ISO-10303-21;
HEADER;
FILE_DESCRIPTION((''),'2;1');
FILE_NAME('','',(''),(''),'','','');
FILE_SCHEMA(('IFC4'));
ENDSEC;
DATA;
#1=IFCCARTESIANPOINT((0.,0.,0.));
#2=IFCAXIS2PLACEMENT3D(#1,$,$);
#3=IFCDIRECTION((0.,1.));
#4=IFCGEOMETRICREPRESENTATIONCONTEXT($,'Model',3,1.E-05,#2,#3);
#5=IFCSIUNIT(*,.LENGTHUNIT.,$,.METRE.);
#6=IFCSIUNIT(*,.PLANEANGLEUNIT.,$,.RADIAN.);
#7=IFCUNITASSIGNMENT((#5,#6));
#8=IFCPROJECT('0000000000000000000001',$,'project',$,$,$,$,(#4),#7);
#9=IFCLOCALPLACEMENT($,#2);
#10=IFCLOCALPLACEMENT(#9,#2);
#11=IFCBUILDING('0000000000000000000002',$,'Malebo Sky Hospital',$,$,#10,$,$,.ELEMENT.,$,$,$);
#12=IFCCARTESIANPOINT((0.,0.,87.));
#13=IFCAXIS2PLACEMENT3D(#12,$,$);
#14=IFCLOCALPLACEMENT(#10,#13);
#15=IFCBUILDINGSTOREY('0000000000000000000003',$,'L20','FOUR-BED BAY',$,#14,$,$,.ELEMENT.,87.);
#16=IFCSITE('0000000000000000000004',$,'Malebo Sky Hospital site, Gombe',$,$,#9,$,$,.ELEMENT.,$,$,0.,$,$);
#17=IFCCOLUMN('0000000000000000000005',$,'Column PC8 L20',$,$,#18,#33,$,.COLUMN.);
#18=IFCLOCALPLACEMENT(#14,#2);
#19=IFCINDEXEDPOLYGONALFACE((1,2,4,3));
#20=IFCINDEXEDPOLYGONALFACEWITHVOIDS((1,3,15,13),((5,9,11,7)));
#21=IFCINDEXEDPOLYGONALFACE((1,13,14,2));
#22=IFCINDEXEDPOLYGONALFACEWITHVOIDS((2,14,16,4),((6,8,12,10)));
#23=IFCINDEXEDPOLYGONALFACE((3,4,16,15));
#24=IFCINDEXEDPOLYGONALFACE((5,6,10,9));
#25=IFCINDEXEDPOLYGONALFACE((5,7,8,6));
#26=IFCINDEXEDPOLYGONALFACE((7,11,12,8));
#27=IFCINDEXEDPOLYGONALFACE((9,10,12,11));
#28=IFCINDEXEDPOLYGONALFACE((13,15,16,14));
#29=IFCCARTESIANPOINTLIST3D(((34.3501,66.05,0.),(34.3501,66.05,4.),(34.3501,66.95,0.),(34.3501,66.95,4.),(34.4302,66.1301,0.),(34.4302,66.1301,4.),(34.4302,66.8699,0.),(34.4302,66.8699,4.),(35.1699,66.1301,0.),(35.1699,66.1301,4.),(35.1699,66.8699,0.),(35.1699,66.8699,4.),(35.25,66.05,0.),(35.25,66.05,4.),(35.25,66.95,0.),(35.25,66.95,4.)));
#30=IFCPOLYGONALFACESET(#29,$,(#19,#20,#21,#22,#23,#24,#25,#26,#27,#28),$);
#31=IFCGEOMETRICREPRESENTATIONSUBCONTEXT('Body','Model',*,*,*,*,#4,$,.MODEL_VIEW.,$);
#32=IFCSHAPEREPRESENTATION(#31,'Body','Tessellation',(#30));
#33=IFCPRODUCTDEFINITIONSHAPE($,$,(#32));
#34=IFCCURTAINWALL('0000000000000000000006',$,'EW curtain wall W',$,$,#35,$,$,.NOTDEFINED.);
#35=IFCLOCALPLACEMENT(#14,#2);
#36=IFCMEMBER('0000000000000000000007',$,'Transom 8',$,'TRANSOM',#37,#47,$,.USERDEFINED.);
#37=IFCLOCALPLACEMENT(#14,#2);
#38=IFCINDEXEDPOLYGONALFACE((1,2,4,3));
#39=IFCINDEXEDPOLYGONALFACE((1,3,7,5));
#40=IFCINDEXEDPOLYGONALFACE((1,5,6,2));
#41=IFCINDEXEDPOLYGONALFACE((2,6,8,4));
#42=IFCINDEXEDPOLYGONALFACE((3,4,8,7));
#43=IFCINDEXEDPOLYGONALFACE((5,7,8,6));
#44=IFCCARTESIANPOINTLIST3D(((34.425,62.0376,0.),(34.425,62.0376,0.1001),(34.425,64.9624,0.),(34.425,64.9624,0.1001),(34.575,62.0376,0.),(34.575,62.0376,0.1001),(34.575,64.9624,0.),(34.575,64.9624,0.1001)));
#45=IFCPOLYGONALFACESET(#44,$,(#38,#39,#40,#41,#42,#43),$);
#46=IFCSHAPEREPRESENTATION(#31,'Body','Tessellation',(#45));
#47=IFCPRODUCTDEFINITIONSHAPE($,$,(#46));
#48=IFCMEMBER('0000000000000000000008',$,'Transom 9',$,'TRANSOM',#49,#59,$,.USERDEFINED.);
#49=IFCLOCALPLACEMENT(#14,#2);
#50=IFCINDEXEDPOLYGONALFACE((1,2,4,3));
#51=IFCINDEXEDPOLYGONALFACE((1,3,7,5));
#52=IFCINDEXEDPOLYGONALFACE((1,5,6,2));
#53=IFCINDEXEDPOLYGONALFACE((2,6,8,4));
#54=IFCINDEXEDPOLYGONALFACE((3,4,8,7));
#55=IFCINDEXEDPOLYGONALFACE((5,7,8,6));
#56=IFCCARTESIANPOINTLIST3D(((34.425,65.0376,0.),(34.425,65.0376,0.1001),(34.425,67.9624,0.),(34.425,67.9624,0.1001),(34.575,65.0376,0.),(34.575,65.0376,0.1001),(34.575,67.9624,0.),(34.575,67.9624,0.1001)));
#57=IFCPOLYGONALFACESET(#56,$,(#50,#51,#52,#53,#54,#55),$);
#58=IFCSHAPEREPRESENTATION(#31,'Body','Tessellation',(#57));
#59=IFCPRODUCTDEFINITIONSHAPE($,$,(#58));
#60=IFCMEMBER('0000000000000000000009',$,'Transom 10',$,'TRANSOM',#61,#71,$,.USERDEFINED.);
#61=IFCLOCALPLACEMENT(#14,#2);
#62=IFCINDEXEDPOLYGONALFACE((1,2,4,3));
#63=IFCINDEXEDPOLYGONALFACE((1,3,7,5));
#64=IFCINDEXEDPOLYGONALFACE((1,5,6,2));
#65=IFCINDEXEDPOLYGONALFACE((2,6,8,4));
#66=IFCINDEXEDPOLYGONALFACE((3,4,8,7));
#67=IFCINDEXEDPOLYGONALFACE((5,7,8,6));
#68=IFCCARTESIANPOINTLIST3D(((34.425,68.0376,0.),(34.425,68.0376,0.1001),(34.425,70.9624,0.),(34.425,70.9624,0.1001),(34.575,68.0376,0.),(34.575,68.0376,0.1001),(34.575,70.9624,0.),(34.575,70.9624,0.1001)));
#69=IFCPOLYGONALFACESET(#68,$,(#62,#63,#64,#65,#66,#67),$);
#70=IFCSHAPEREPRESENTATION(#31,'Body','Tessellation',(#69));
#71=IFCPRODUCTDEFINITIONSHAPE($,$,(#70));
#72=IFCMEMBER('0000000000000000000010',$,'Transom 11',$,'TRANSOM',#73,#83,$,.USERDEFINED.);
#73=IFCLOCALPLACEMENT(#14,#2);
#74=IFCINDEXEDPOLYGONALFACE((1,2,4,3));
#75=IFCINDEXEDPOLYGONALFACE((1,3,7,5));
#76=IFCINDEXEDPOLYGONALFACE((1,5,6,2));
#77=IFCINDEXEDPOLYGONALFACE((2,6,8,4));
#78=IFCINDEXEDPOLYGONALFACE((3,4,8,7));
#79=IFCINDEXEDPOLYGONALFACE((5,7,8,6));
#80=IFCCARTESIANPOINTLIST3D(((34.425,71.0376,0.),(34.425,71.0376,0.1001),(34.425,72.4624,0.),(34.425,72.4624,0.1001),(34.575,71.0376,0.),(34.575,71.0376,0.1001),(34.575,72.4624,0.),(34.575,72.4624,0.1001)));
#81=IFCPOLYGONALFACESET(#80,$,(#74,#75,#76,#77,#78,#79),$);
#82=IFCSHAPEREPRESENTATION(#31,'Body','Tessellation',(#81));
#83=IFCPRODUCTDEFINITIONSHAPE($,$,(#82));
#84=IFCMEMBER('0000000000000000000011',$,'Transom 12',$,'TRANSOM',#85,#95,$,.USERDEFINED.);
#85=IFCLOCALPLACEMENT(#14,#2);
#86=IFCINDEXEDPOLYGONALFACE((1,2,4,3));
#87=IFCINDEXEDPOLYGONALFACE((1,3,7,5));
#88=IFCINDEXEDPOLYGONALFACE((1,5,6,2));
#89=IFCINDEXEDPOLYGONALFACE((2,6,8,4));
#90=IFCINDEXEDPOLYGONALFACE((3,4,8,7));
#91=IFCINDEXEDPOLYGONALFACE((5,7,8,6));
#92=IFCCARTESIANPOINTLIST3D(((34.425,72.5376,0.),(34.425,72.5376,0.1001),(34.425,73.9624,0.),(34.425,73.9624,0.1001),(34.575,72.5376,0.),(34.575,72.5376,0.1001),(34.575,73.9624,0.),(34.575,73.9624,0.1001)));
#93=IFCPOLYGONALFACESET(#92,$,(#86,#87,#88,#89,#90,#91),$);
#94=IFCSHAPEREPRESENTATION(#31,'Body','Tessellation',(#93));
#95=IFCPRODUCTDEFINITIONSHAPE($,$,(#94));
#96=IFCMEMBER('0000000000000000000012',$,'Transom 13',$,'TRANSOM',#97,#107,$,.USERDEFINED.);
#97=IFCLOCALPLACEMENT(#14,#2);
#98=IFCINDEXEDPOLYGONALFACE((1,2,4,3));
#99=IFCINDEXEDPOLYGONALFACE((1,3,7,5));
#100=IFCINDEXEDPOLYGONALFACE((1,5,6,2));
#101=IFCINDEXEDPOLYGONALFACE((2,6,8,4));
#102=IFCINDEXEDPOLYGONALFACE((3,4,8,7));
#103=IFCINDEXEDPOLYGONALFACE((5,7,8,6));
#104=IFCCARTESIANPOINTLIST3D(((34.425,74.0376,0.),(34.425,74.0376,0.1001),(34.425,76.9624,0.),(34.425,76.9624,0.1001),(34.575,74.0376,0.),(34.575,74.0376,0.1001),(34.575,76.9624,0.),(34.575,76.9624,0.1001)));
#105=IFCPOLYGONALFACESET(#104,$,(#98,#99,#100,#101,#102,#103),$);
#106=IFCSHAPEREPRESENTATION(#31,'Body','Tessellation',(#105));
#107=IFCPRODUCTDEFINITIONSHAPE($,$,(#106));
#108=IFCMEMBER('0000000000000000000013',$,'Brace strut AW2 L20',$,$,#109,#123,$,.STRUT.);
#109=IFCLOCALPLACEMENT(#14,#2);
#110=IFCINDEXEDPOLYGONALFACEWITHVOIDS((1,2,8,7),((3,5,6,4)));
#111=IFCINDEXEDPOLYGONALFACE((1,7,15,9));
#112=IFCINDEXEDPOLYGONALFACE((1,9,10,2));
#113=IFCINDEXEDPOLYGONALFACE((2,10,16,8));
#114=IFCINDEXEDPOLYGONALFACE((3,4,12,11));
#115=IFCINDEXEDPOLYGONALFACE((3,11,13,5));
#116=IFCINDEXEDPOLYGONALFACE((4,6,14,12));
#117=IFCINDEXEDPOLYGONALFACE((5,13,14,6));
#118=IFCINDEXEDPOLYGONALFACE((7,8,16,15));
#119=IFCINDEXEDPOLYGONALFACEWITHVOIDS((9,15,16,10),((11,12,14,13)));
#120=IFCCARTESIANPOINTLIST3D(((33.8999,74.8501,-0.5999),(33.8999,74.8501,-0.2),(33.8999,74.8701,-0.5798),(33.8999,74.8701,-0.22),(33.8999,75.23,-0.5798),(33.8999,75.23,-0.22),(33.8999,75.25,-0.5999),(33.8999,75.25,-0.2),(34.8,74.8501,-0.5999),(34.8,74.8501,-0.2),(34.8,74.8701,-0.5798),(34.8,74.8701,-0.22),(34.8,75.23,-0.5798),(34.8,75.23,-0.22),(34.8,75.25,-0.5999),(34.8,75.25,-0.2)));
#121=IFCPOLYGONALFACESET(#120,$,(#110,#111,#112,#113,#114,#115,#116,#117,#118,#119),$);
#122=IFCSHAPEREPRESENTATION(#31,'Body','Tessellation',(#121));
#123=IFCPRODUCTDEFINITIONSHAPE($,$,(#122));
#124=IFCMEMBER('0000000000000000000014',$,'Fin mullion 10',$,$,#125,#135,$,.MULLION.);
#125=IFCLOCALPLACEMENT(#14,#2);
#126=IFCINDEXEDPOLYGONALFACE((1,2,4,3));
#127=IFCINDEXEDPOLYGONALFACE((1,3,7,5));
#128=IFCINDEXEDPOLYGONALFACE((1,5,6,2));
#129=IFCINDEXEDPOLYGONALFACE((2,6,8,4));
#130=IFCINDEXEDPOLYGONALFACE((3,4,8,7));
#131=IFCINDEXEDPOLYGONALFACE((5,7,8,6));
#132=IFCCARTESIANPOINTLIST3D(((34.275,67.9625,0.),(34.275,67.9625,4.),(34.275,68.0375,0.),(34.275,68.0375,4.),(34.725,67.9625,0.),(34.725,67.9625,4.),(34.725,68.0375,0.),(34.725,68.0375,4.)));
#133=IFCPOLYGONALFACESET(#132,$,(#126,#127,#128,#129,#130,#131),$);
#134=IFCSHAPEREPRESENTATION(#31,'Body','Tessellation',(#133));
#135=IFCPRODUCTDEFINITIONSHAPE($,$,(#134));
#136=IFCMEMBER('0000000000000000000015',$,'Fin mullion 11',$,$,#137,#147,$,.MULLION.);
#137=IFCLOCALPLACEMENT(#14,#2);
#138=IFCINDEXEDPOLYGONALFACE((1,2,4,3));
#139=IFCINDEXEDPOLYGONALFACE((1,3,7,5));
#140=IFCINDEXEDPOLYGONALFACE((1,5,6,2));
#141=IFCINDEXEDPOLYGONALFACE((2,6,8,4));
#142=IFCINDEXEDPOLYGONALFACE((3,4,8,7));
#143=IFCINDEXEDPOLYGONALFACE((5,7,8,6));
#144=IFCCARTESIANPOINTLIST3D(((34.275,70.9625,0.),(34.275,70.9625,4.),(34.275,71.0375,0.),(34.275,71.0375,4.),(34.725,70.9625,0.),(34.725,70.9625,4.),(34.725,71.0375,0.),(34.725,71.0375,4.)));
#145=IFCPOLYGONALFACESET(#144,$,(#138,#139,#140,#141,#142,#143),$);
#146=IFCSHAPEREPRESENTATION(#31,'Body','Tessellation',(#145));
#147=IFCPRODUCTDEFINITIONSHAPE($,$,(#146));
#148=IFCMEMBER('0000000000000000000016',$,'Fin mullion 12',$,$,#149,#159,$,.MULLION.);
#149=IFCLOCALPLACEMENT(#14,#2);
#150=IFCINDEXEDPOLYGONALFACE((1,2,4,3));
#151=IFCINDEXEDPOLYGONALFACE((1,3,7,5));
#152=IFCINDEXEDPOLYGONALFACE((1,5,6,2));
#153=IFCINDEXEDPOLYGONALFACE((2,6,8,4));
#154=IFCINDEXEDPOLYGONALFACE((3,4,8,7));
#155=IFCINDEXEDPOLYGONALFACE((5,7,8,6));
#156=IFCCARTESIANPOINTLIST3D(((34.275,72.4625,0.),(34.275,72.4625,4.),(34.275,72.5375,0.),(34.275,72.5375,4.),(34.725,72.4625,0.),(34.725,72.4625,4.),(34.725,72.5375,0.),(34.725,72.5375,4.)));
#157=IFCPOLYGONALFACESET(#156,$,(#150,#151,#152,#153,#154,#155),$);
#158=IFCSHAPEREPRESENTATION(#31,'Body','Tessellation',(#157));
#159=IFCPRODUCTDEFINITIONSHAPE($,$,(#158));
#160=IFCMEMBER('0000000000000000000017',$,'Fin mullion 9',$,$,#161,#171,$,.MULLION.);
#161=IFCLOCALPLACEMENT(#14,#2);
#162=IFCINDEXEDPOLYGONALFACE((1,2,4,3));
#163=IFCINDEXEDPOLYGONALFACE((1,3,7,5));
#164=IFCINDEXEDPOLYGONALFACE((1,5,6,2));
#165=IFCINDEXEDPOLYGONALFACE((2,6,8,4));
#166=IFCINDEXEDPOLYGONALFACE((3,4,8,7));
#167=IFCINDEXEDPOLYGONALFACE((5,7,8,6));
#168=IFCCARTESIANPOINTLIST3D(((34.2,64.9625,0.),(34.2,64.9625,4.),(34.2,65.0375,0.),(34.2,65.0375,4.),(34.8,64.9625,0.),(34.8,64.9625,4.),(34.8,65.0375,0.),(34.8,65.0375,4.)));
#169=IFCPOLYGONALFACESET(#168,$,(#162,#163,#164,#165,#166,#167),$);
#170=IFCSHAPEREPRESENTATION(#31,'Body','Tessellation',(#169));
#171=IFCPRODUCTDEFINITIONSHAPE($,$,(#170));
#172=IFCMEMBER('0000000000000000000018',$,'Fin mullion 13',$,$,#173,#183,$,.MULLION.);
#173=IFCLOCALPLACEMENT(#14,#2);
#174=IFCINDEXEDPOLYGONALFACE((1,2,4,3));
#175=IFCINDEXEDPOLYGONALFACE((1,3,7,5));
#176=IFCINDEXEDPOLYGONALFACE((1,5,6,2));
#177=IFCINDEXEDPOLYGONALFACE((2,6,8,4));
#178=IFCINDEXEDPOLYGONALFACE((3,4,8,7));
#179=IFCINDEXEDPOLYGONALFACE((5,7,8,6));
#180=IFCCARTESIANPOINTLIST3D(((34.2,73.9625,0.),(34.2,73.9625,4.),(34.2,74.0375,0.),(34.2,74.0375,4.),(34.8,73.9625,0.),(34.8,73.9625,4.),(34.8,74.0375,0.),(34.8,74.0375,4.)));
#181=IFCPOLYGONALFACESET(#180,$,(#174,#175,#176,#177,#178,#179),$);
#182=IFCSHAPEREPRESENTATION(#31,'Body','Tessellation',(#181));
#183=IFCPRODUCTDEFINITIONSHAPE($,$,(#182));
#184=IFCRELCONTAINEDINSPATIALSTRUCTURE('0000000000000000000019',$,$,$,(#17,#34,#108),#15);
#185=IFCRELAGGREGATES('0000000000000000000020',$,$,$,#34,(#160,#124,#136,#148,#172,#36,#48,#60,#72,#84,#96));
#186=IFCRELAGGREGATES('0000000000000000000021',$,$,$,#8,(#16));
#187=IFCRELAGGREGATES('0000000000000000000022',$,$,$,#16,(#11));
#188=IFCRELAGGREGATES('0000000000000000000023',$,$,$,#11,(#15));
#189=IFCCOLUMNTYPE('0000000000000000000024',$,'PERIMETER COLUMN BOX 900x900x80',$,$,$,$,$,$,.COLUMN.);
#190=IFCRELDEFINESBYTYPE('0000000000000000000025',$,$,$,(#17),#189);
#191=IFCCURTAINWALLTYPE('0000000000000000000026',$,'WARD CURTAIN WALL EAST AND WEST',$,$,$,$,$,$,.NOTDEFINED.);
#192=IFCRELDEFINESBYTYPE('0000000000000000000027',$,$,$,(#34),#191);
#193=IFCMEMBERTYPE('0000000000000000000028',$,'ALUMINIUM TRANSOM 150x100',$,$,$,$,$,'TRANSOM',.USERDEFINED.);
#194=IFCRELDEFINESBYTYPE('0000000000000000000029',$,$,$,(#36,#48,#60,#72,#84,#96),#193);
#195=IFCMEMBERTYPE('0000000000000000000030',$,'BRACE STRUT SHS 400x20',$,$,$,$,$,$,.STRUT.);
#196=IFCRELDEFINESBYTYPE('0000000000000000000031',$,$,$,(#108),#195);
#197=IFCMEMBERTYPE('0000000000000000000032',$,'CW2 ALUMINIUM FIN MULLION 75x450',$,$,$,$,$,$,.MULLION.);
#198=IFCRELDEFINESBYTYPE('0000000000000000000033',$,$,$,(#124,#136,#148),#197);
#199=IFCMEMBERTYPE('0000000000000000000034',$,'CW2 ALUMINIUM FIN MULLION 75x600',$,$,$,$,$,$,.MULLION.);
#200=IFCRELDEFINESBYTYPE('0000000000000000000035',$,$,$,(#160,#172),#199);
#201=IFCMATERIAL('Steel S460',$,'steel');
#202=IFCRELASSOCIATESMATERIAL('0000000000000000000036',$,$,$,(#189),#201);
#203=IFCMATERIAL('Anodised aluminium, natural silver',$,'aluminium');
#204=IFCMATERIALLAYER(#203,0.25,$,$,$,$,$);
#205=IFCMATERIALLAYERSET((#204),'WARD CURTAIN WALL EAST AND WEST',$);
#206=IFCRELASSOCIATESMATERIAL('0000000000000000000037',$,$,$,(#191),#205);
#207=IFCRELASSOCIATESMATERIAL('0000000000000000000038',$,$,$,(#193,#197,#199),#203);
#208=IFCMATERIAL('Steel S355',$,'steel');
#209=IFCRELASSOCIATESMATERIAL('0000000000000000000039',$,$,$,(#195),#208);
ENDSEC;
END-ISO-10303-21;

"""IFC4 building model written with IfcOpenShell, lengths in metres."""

from ifc_helpers import new_model, si_unit, direction, frame, origin, origin_2d, place, context, subcontext, project, spatial, rectangle, hollow_rectangle, extrude, material, layer, layer_set, material_profile, profile_set, type_object, element, aggregate, save


model = new_model("IFC4")

# Units and contexts
model_context = context("Model", 3, precision=1e-05, world=origin(), true_north=direction((0.0, 1.0)))
body_context = subcontext(model_context, "Body", "Model", "MODEL_VIEW")
ifc_project = project(units=[si_unit("LENGTHUNIT", "METRE"), si_unit("PLANEANGLEUNIT", "RADIAN")], contexts=[model_context])

# Site, building, storey
site_placement = place(None, origin())
site = spatial("IfcSite", under=ifc_project, at=site_placement, Name="Malebo Sky Hospital site, Gombe", CompositionType="ELEMENT", RefElevation=0.0)
building_placement = place(site_placement, origin())
building = spatial("IfcBuilding", under=site, at=building_placement, Name="Malebo Sky Hospital", CompositionType="ELEMENT")
storey_placement = place(building_placement, frame((0.0, 0.0, 87.0)))
storey = spatial("IfcBuildingStorey", under=building, at=storey_placement, Name="L20", Description="FOUR-BED BAY", CompositionType="ELEMENT", Elevation=87.0)

# Column
ifc_material_1 = material(Name="Steel S460", Category="steel")
ifc_material_profile_1 = material_profile(ifc_material_1, hollow_rectangle(XDim=0.8999, YDim=0.8999, WallThickness=0.0801, at=origin_2d()), Name="BOX 900x900x80")
ifc_profile_set_1 = profile_set([ifc_material_profile_1], Name="Steel S460")
column_type = type_object("IfcColumnType", Name="PERIMETER COLUMN BOX 900x900x80", PredefinedType="COLUMN", material=ifc_profile_set_1)
column_placement = place(storey_placement, frame((34.8, 66.5, 0.0), z_axis=(0.0, 0.0, 1.0), x_axis=(1.0, 0.0, 0.0)))
element("IfcColumn", 1, at=column_placement, inside=storey, type_object=column_type, Name="Column PC8 L20", PredefinedType="COLUMN", context=body_context, shape_type="SweptSolid", body=[
    extrude(hollow_rectangle(XDim=0.8999, YDim=0.8999, WallThickness=0.0801, at=origin_2d()), origin(), (0.0, 0.0, 1.0), 4.0),
])

# Curtain wall, members
ifc_material_2 = material(Name="Anodised aluminium, natural silver", Category="aluminium")
ifc_layer_1 = layer(ifc_material_2, 0.25)
ifc_layer_set_1 = layer_set([ifc_layer_1], Name="WARD CURTAIN WALL EAST AND WEST")
curtain_wall_type = type_object("IfcCurtainWallType", Name="WARD CURTAIN WALL EAST AND WEST", PredefinedType="NOTDEFINED", material=ifc_layer_set_1)
curtain_wall_placement = place(storey_placement, origin())
curtain_wall = element("IfcCurtainWall", 2, at=curtain_wall_placement, inside=storey, type_object=curtain_wall_type, Name="EW curtain wall W", PredefinedType="NOTDEFINED")
ifc_material_profile_2 = material_profile(ifc_material_2, rectangle(XDim=0.1499, YDim=0.1001, at=origin_2d()), Name="ALUMINIUM TRANSOM 150x100")
ifc_profile_set_2 = profile_set([ifc_material_profile_2], Name="Anodised aluminium, natural silver")
member_type_1 = type_object("IfcMemberType", Name="ALUMINIUM TRANSOM 150x100", ElementType="TRANSOM", PredefinedType="USERDEFINED", material=ifc_profile_set_2)
member_1_placement = place(storey_placement, frame((34.5, 62.0376, 0.05), z_axis=(0.0, 1.0, 0.0), x_axis=(-1.0, 0.0, 0.0)))
member_1 = element("IfcMember", 3, at=member_1_placement, type_object=member_type_1, Name="Transom 8", ObjectType="TRANSOM", PredefinedType="USERDEFINED", context=body_context, shape_type="SweptSolid", body=[
    extrude(rectangle(XDim=0.1499, YDim=0.1001, at=origin_2d()), origin(), (0.0, 0.0, 1.0), 2.9248),
])
member_2_placement = place(storey_placement, frame((34.5, 65.0376, 0.05), z_axis=(0.0, 1.0, 0.0), x_axis=(-1.0, 0.0, 0.0)))
member_2 = element("IfcMember", 4, at=member_2_placement, type_object=member_type_1, Name="Transom 9", ObjectType="TRANSOM", PredefinedType="USERDEFINED", context=body_context, shape_type="SweptSolid", body=[
    extrude(rectangle(XDim=0.1499, YDim=0.1001, at=origin_2d()), origin(), (0.0, 0.0, 1.0), 2.9248),
])
member_3_placement = place(storey_placement, frame((34.5, 68.0376, 0.05), z_axis=(0.0, 1.0, 0.0), x_axis=(-1.0, 0.0, 0.0)))
member_3 = element("IfcMember", 5, at=member_3_placement, type_object=member_type_1, Name="Transom 10", ObjectType="TRANSOM", PredefinedType="USERDEFINED", context=body_context, shape_type="SweptSolid", body=[
    extrude(rectangle(XDim=0.1499, YDim=0.1001, at=origin_2d()), origin(), (0.0, 0.0, 1.0), 2.9248),
])
member_4_placement = place(storey_placement, frame((34.5, 71.0376, 0.05), z_axis=(0.0, 1.0, 0.0), x_axis=(-1.0, 0.0, 0.0)))
member_4 = element("IfcMember", 6, at=member_4_placement, type_object=member_type_1, Name="Transom 11", ObjectType="TRANSOM", PredefinedType="USERDEFINED", context=body_context, shape_type="SweptSolid", body=[
    extrude(rectangle(XDim=0.1499, YDim=0.1001, at=origin_2d()), origin(), (0.0, 0.0, 1.0), 1.4248),
])
member_5_placement = place(storey_placement, frame((34.5, 72.5376, 0.05), z_axis=(0.0, 1.0, 0.0), x_axis=(-1.0, 0.0, 0.0)))
member_5 = element("IfcMember", 7, at=member_5_placement, type_object=member_type_1, Name="Transom 12", ObjectType="TRANSOM", PredefinedType="USERDEFINED", context=body_context, shape_type="SweptSolid", body=[
    extrude(rectangle(XDim=0.1499, YDim=0.1001, at=origin_2d()), origin(), (0.0, 0.0, 1.0), 1.4248),
])
member_6_placement = place(storey_placement, frame((34.5, 74.0376, 0.05), z_axis=(0.0, 1.0, 0.0), x_axis=(-1.0, 0.0, 0.0)))
member_6 = element("IfcMember", 8, at=member_6_placement, type_object=member_type_1, Name="Transom 13", ObjectType="TRANSOM", PredefinedType="USERDEFINED", context=body_context, shape_type="SweptSolid", body=[
    extrude(rectangle(XDim=0.1499, YDim=0.1001, at=origin_2d()), origin(), (0.0, 0.0, 1.0), 2.9248),
])

# Members
ifc_material_3 = material(Name="Steel S355", Category="steel")
ifc_material_profile_3 = material_profile(ifc_material_3, hollow_rectangle(XDim=0.3999, YDim=0.3999, WallThickness=0.02, at=origin_2d()), Name="SHS 400x20")
ifc_profile_set_3 = profile_set([ifc_material_profile_3], Name="Steel S355")
member_type_2 = type_object("IfcMemberType", Name="BRACE STRUT SHS 400x20", PredefinedType="STRUT", material=ifc_profile_set_3)
member_7_placement = place(storey_placement, frame((33.8999, 75.05, -0.3999), z_axis=(1.0, 0.0, 0.0), x_axis=(0.0, 1.0, 0.0)))
element("IfcMember", 9, at=member_7_placement, inside=storey, type_object=member_type_2, Name="Brace strut AW2 L20", PredefinedType="STRUT", context=body_context, shape_type="SweptSolid", body=[
    extrude(hollow_rectangle(XDim=0.3999, YDim=0.3999, WallThickness=0.02, at=origin_2d()), origin(), (0.0, 0.0, 1.0), 0.9001),
])
ifc_material_profile_4 = material_profile(ifc_material_2, rectangle(XDim=0.075, YDim=0.45, at=origin_2d()), Name="CW2 ALUMINIUM FIN MULLION 75x450")
ifc_profile_set_4 = profile_set([ifc_material_profile_4], Name="Anodised aluminium, natural silver")
member_type_3 = type_object("IfcMemberType", Name="CW2 ALUMINIUM FIN MULLION 75x450", PredefinedType="MULLION", material=ifc_profile_set_4)
member_8_placement = place(storey_placement, frame((34.5, 68.0, 0.0), z_axis=(0.0, 0.0, 1.0), x_axis=(0.0, 1.0, 0.0)))
member_8 = element("IfcMember", 10, at=member_8_placement, type_object=member_type_3, Name="Fin mullion 10", PredefinedType="MULLION", context=body_context, shape_type="SweptSolid", body=[
    extrude(rectangle(XDim=0.075, YDim=0.45, at=origin_2d()), origin(), (0.0, 0.0, 1.0), 4.0),
])
member_9_placement = place(storey_placement, frame((34.5, 71.0, 0.0), z_axis=(0.0, 0.0, 1.0), x_axis=(0.0, 1.0, 0.0)))
member_9 = element("IfcMember", 11, at=member_9_placement, type_object=member_type_3, Name="Fin mullion 11", PredefinedType="MULLION", context=body_context, shape_type="SweptSolid", body=[
    extrude(rectangle(XDim=0.075, YDim=0.45, at=origin_2d()), origin(), (0.0, 0.0, 1.0), 4.0),
])
member_10_placement = place(storey_placement, frame((34.5, 72.5, 0.0), z_axis=(0.0, 0.0, 1.0), x_axis=(0.0, 1.0, 0.0)))
member_10 = element("IfcMember", 12, at=member_10_placement, type_object=member_type_3, Name="Fin mullion 12", PredefinedType="MULLION", context=body_context, shape_type="SweptSolid", body=[
    extrude(rectangle(XDim=0.075, YDim=0.45, at=origin_2d()), origin(), (0.0, 0.0, 1.0), 4.0),
])
ifc_material_profile_5 = material_profile(ifc_material_2, rectangle(XDim=0.075, YDim=0.6001, at=origin_2d()), Name="CW2 ALUMINIUM FIN MULLION 75x600")
ifc_profile_set_5 = profile_set([ifc_material_profile_5], Name="Anodised aluminium, natural silver")
member_type_4 = type_object("IfcMemberType", Name="CW2 ALUMINIUM FIN MULLION 75x600", PredefinedType="MULLION", material=ifc_profile_set_5)
member_11_placement = place(storey_placement, frame((34.5, 65.0, 0.0), z_axis=(0.0, 0.0, 1.0), x_axis=(0.0, 1.0, 0.0)))
member_11 = element("IfcMember", 13, at=member_11_placement, type_object=member_type_4, Name="Fin mullion 9", PredefinedType="MULLION", context=body_context, shape_type="SweptSolid", body=[
    extrude(rectangle(XDim=0.075, YDim=0.6001, at=origin_2d()), origin(), (0.0, 0.0, 1.0), 4.0),
])
member_12_placement = place(storey_placement, frame((34.5, 74.0, 0.0), z_axis=(0.0, 0.0, 1.0), x_axis=(0.0, 1.0, 0.0)))
member_12 = element("IfcMember", 14, at=member_12_placement, type_object=member_type_4, Name="Fin mullion 13", PredefinedType="MULLION", context=body_context, shape_type="SweptSolid", body=[
    extrude(rectangle(XDim=0.075, YDim=0.6001, at=origin_2d()), origin(), (0.0, 0.0, 1.0), 4.0),
])

aggregate(curtain_wall, [member_11, member_8, member_9, member_10, member_12, member_1, member_2, member_3, member_4, member_5, member_6])

save(model, "model.ifc")
